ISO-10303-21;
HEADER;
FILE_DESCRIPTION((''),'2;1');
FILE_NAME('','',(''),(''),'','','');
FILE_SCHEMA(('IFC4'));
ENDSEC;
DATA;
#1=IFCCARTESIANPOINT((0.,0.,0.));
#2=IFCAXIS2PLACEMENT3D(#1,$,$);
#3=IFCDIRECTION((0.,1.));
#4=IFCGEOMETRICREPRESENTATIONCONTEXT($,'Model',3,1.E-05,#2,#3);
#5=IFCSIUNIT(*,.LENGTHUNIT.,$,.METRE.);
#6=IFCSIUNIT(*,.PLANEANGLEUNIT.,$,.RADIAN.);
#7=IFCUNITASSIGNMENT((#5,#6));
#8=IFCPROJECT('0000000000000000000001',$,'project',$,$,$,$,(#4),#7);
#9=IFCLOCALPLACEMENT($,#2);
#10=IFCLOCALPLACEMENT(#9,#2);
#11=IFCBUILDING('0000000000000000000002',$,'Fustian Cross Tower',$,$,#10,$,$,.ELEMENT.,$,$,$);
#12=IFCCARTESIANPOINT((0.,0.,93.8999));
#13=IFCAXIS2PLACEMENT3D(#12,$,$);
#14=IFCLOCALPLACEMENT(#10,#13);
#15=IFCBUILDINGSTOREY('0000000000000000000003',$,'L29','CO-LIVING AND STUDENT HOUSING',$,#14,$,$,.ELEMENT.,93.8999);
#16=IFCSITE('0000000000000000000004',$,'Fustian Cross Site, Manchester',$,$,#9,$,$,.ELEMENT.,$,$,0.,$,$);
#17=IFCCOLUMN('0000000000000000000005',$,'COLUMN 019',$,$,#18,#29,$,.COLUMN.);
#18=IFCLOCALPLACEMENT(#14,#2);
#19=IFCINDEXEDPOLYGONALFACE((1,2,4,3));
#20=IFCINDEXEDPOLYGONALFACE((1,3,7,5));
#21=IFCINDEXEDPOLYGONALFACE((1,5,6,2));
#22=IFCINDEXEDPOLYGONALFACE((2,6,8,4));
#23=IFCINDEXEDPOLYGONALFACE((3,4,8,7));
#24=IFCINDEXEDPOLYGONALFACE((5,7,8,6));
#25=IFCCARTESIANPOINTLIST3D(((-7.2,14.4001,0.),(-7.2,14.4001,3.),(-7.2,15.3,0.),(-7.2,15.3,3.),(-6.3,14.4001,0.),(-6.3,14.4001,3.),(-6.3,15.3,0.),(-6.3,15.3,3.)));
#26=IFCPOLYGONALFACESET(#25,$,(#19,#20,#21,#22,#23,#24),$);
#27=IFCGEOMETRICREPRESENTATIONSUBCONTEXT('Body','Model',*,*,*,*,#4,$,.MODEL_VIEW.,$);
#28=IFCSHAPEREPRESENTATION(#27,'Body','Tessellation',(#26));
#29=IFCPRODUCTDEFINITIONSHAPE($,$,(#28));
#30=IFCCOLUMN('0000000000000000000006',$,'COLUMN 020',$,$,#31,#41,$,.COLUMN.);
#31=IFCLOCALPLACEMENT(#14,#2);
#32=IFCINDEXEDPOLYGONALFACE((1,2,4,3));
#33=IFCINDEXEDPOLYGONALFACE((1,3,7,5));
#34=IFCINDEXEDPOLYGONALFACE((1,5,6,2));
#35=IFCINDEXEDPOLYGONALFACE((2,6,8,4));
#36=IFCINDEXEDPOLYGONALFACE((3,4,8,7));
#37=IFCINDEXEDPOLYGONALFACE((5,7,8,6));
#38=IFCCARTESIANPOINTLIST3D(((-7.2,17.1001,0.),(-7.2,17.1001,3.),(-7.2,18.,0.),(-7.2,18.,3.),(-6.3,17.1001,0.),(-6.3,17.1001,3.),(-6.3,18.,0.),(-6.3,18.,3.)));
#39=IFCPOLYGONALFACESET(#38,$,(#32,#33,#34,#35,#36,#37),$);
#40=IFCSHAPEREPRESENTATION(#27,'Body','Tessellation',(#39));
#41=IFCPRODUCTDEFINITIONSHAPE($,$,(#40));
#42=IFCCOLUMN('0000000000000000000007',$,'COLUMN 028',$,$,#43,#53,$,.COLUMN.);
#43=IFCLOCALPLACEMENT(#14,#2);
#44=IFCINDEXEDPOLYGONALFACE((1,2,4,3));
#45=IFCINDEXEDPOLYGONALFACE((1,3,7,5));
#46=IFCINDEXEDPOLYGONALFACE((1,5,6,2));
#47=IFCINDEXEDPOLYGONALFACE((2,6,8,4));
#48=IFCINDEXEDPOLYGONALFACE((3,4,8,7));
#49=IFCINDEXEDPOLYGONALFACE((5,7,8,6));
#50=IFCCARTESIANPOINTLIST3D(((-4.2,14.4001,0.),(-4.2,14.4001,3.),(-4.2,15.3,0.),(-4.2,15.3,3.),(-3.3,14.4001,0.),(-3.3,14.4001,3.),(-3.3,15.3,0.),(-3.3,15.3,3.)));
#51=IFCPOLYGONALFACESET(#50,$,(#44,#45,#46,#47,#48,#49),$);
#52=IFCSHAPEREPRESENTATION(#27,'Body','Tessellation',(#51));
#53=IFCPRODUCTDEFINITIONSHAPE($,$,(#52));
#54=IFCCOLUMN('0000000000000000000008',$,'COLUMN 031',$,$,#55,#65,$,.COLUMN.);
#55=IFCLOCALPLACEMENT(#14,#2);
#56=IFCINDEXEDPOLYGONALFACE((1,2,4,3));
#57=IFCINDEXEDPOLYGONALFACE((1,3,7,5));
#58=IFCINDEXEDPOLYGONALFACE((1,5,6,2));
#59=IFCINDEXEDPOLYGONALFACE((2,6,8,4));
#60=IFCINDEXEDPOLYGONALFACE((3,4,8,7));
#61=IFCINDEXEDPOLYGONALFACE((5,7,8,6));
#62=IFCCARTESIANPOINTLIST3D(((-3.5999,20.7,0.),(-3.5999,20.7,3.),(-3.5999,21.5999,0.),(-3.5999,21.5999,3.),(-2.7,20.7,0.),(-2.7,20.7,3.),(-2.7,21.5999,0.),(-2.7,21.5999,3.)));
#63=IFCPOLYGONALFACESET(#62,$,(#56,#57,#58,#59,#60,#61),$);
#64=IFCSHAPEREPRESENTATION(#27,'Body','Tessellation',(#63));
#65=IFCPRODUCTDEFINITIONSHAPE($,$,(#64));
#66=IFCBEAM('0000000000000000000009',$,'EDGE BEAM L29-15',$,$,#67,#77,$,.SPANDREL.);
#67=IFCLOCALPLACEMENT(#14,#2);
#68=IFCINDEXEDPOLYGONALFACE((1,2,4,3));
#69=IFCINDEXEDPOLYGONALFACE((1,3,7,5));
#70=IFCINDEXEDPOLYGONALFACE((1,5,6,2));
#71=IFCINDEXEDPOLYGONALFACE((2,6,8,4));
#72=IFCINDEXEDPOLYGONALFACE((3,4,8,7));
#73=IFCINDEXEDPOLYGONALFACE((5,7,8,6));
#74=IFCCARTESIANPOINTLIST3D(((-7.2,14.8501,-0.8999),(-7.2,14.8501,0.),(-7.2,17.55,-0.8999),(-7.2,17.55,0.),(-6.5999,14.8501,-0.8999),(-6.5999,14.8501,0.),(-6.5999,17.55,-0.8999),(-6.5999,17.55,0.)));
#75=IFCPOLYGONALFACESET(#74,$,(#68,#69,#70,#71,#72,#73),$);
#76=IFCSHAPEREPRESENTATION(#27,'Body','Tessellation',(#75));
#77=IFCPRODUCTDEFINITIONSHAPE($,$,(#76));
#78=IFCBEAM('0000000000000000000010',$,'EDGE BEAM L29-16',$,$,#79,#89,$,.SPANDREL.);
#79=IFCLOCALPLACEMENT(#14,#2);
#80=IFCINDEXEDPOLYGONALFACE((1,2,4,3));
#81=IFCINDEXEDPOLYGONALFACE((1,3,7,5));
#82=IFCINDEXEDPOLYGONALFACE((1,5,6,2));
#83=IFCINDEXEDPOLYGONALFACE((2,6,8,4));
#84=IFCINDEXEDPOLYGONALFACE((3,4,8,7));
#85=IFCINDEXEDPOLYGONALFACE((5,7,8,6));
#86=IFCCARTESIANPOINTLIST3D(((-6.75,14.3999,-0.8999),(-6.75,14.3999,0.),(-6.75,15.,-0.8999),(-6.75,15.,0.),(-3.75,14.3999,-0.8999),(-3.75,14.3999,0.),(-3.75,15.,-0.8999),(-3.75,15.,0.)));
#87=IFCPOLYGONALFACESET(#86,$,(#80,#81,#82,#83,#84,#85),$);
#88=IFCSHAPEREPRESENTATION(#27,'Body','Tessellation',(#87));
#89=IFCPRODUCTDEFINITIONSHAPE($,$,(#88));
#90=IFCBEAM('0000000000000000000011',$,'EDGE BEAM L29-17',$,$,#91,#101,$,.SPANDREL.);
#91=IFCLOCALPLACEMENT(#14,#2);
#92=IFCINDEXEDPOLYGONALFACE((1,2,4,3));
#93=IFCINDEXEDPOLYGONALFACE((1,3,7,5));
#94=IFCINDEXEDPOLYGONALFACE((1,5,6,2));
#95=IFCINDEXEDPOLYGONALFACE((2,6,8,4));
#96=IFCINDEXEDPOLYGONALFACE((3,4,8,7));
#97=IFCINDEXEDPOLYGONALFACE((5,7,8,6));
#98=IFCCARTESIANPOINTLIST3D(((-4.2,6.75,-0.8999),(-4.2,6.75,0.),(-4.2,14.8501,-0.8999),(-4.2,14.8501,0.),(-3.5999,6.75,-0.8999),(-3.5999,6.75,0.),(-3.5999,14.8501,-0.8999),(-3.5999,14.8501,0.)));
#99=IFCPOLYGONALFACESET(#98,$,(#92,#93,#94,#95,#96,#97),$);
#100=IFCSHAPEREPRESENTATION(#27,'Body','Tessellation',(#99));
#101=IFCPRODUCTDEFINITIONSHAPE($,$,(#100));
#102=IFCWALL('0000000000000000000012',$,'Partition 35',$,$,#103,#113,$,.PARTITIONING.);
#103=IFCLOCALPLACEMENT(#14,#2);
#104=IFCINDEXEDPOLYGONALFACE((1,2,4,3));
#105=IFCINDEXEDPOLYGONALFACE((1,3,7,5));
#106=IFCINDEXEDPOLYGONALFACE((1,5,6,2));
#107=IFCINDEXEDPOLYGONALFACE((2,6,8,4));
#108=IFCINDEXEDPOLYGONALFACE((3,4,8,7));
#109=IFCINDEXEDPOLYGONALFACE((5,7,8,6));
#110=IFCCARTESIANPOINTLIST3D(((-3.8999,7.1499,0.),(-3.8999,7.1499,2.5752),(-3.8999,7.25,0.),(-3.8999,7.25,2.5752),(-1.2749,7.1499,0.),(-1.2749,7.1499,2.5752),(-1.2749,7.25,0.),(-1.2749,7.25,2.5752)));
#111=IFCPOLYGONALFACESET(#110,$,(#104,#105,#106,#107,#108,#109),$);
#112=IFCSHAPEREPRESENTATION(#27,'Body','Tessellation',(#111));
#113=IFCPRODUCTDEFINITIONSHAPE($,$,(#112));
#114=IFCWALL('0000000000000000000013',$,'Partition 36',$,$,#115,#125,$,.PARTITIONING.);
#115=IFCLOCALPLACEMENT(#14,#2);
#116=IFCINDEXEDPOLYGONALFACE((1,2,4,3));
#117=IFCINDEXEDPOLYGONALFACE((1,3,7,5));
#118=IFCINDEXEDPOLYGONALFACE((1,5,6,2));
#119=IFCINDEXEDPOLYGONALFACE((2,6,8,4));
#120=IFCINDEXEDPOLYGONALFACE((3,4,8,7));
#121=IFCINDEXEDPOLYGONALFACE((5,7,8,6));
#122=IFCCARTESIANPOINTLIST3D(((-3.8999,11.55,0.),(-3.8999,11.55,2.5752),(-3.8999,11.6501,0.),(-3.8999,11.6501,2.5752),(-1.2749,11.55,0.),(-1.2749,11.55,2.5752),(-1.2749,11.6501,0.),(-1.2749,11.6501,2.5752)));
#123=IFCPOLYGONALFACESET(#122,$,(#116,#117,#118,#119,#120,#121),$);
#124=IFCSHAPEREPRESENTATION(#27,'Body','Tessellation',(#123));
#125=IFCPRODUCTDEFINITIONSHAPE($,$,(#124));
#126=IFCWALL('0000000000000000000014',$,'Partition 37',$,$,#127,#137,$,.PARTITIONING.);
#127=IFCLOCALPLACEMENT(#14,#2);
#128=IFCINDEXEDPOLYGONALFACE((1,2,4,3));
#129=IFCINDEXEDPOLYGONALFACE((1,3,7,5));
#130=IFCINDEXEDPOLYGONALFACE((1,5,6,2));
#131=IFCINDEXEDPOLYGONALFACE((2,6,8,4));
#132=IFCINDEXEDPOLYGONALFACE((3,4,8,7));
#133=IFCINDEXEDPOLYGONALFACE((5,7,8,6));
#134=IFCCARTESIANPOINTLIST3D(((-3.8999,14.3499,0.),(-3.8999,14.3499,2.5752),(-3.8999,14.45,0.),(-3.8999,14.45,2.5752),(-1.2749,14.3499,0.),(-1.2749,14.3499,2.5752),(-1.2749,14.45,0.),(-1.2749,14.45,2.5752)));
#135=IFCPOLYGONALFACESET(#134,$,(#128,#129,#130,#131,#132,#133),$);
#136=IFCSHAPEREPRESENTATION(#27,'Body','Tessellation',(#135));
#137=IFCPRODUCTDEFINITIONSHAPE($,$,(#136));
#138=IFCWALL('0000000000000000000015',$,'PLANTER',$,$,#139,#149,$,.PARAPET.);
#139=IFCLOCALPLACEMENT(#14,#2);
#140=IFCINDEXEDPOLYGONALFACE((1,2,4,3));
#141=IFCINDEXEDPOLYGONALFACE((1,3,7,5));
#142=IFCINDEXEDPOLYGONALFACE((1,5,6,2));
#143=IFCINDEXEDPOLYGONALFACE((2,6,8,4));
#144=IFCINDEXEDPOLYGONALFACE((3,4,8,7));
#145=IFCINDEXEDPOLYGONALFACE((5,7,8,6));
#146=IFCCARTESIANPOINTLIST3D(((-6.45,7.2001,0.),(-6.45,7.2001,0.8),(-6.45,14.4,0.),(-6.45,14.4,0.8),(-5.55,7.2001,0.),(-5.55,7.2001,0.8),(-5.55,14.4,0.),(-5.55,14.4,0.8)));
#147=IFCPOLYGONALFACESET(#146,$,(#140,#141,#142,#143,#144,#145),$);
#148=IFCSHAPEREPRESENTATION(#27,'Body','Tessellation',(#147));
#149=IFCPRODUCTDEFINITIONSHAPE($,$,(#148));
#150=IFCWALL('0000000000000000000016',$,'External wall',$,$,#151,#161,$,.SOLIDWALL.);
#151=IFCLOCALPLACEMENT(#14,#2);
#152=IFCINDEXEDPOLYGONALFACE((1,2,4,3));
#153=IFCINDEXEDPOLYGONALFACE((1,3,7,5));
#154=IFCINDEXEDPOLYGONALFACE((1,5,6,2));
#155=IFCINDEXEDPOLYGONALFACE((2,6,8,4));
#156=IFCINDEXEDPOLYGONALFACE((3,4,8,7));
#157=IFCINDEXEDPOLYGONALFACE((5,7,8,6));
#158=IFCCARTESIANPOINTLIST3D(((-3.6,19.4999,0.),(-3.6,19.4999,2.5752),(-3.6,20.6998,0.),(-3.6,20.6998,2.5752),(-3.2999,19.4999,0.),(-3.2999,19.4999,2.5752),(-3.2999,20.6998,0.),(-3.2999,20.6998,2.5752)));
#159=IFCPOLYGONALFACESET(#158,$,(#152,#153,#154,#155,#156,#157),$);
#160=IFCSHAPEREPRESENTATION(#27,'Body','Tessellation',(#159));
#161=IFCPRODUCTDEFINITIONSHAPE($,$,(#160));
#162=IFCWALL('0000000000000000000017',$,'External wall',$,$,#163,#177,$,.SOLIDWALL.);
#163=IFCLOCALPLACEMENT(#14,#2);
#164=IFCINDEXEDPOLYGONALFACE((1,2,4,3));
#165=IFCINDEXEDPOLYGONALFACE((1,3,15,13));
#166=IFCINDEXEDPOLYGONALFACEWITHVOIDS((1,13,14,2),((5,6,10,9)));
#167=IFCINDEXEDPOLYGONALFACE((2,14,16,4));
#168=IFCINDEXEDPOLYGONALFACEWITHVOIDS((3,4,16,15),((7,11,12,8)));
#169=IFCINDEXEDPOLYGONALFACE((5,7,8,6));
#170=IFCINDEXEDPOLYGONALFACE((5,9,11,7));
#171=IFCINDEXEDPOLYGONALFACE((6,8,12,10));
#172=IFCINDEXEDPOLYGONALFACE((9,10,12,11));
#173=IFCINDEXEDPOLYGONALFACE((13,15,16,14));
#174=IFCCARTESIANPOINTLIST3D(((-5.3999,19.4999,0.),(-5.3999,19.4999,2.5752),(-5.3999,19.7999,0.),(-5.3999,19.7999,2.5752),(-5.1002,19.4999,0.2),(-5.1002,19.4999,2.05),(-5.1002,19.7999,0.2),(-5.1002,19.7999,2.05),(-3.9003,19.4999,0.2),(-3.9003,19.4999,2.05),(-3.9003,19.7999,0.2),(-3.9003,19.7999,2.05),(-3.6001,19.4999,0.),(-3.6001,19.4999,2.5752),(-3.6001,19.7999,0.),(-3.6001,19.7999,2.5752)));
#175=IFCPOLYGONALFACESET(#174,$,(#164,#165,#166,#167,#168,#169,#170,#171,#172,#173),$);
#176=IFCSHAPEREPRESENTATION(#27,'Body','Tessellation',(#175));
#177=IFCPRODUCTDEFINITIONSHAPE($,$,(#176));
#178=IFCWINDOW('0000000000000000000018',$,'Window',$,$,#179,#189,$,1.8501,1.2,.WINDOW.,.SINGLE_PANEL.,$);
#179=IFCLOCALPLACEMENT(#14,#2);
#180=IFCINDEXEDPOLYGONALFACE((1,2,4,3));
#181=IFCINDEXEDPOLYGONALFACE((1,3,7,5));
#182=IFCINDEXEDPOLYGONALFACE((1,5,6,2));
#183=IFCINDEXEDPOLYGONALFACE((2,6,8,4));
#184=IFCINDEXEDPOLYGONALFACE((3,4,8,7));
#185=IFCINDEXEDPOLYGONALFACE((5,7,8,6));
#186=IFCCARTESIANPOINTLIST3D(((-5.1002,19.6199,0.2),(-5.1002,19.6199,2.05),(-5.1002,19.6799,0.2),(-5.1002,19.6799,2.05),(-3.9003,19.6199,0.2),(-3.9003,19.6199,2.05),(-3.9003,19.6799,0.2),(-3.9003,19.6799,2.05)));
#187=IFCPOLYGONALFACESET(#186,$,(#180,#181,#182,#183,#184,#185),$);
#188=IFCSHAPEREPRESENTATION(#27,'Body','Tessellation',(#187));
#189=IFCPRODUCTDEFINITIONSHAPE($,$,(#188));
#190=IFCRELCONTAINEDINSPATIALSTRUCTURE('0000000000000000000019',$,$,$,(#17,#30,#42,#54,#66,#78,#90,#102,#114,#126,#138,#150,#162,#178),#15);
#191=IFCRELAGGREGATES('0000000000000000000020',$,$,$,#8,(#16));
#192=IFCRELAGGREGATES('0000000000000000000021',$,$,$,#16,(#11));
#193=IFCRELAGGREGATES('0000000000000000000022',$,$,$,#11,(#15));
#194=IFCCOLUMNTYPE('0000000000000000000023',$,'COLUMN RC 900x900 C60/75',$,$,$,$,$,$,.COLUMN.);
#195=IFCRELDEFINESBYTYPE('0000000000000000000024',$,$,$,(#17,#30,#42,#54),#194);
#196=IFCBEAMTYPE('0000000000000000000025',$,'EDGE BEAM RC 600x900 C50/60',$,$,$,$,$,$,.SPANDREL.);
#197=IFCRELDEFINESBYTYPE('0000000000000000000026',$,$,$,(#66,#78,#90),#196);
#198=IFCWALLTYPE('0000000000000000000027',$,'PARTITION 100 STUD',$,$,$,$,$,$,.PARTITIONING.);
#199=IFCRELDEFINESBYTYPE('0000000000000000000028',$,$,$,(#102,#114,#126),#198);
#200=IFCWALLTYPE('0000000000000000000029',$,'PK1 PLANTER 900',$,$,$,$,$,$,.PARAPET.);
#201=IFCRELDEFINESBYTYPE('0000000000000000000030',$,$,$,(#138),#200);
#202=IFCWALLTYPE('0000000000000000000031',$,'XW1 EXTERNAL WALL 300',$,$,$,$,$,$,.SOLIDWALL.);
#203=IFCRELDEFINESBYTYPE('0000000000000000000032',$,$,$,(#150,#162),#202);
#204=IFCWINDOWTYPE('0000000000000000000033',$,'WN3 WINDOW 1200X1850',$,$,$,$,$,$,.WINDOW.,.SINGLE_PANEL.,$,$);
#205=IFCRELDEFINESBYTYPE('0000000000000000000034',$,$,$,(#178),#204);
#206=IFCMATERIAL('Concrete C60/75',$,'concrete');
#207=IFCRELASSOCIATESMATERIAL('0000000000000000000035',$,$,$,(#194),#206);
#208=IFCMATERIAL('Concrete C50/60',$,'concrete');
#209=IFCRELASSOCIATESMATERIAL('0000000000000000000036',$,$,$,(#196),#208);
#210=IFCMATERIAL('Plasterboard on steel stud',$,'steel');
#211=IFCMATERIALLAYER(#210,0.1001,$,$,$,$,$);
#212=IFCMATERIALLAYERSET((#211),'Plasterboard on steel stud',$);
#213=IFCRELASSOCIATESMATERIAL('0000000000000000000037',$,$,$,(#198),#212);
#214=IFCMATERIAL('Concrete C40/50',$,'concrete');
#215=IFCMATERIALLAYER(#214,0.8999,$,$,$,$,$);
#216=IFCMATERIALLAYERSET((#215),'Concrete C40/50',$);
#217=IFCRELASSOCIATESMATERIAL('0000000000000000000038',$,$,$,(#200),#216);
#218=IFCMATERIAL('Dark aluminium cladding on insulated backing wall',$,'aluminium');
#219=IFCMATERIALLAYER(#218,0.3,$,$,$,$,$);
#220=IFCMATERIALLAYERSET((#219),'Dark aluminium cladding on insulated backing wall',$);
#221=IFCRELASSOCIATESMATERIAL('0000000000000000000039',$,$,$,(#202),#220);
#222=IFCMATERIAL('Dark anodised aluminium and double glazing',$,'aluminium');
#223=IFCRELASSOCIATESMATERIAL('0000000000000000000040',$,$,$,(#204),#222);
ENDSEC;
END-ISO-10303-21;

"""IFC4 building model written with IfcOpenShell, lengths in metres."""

from ifc_helpers import new_model, si_unit, direction, frame, frame_2d, origin, origin_2d, place, context, subcontext, project, spatial, rectangle, extrude, material, layer, layer_set, material_profile, profile_set, type_object, element, fill, save


model = new_model("IFC4")

# Units and contexts
model_context = context("Model", 3, precision=1e-05, world=origin(), true_north=direction((0.0, 1.0)))
body_context = subcontext(model_context, "Body", "Model", "MODEL_VIEW")
ifc_project = project(units=[si_unit("LENGTHUNIT", "METRE"), si_unit("PLANEANGLEUNIT", "RADIAN")], contexts=[model_context])

# Site, building, storey
site_placement = place(None, origin())
site = spatial("IfcSite", under=ifc_project, at=site_placement, Name="Fustian Cross Site, Manchester", CompositionType="ELEMENT", RefElevation=0.0)
building_placement = place(site_placement, origin())
building = spatial("IfcBuilding", under=site, at=building_placement, Name="Fustian Cross Tower", CompositionType="ELEMENT")
storey_placement = place(building_placement, frame((0.0, 0.0, 93.8999)))
storey = spatial("IfcBuildingStorey", under=building, at=storey_placement, Name="L29", Description="CO-LIVING AND STUDENT HOUSING", CompositionType="ELEMENT", Elevation=93.8999)

# Columns
ifc_material_1 = material(Name="Concrete C60/75", Category="concrete")
ifc_material_profile_1 = material_profile(ifc_material_1, rectangle(XDim=0.8999, YDim=0.8999, at=origin_2d()), Name="RC 900x900")
ifc_profile_set_1 = profile_set([ifc_material_profile_1], Name="Concrete C60/75")
column_type = type_object("IfcColumnType", Name="COLUMN RC 900x900 C60/75", PredefinedType="COLUMN", material=ifc_profile_set_1)
for number, where, z_axis, x_axis, name in (
    (1, (-6.75, 14.8501, 0.0), (0.0, 0.0, 1.0), (1.0, 0.0, 0.0), "COLUMN 019"),
    (2, (-6.75, 17.55, 0.0), (0.0, 0.0, 1.0), (1.0, 0.0, 0.0), "COLUMN 020"),
    (3, (-3.75, 14.8501, 0.0), (0.0, 0.0, 1.0), (1.0, 0.0, 0.0), "COLUMN 028"),
    (4, (-3.1499, 21.1499, 0.0), (0.0, 0.0, 1.0), (1.0, 0.0, 0.0), "COLUMN 031"),
):
    element("IfcColumn", number, at=place(storey_placement, frame(where, z_axis=z_axis, x_axis=x_axis)), inside=storey, type_object=column_type, Name=name, PredefinedType="COLUMN", context=body_context, shape_type="SweptSolid", body=[
        extrude(rectangle(XDim=0.8999, YDim=0.8999, at=origin_2d()), origin(), (0.0, 0.0, 1.0), 3.0),
    ])

# Beams
ifc_material_2 = material(Name="Concrete C50/60", Category="concrete")
ifc_material_profile_2 = material_profile(ifc_material_2, rectangle(XDim=0.6001, YDim=0.8999, at=origin_2d()), Name="RC 600x900")
ifc_profile_set_2 = profile_set([ifc_material_profile_2], Name="Concrete C50/60")
beam_type = type_object("IfcBeamType", Name="EDGE BEAM RC 600x900 C50/60", PredefinedType="SPANDREL", material=ifc_profile_set_2)
beam_1_placement = place(storey_placement, frame((-6.8999, 17.55, -0.45), z_axis=(0.0, -1.0, 0.0), x_axis=(1.0, 0.0, 0.0)))
element("IfcBeam", 5, at=beam_1_placement, inside=storey, type_object=beam_type, Name="EDGE BEAM L29-15", PredefinedType="SPANDREL", context=body_context, shape_type="SweptSolid", body=[
    extrude(rectangle(XDim=0.6001, YDim=0.8999, at=origin_2d()), origin(), (0.0, 0.0, 1.0), 2.7),
])
beam_2_placement = place(storey_placement, frame((-6.75, 14.7, -0.45), z_axis=(1.0, 0.0, 0.0), x_axis=(0.0, 1.0, 0.0)))
element("IfcBeam", 6, at=beam_2_placement, inside=storey, type_object=beam_type, Name="EDGE BEAM L29-16", PredefinedType="SPANDREL", context=body_context, shape_type="SweptSolid", body=[
    extrude(rectangle(XDim=0.6001, YDim=0.8999, at=origin_2d()), origin(), (0.0, 0.0, 1.0), 3.0),
])
beam_3_placement = place(storey_placement, frame((-3.8999, 14.8501, -0.45), z_axis=(0.0, -1.0, 0.0), x_axis=(1.0, 0.0, 0.0)))
element("IfcBeam", 7, at=beam_3_placement, inside=storey, type_object=beam_type, Name="EDGE BEAM L29-17", PredefinedType="SPANDREL", context=body_context, shape_type="SweptSolid", body=[
    extrude(rectangle(XDim=0.6001, YDim=0.8999, at=origin_2d()), origin(), (0.0, 0.0, 1.0), 8.1001),
])

# Walls
ifc_material_3 = material(Name="Plasterboard on steel stud", Category="steel")
ifc_layer_1 = layer(ifc_material_3, 0.1001)
ifc_layer_set_1 = layer_set([ifc_layer_1], Name="Plasterboard on steel stud")
wall_type_1 = type_object("IfcWallType", Name="PARTITION 100 STUD", PredefinedType="PARTITIONING", material=ifc_layer_set_1)
for number, where, z_axis, x_axis, name in (
    (8, (-3.8999, 7.2, 0.0), (0.0, 0.0, 1.0), (1.0, 0.0, 0.0), "Partition 35"),
    (9, (-3.8999, 11.6001, 0.0), (0.0, 0.0, 1.0), (1.0, 0.0, 0.0), "Partition 36"),
    (10, (-3.8999, 14.3999, 0.0), (0.0, 0.0, 1.0), (1.0, 0.0, 0.0), "Partition 37"),
):
    element("IfcWall", number, at=place(storey_placement, frame(where, z_axis=z_axis, x_axis=x_axis)), inside=storey, type_object=wall_type_1, Name=name, PredefinedType="PARTITIONING", context=body_context, shape_type="SweptSolid", body=[
        extrude(rectangle(XDim=2.625, YDim=0.1001, at=frame_2d((1.3125, 0.0))), origin(), (0.0, 0.0, 1.0), 2.5752),
    ])
ifc_material_4 = material(Name="Concrete C40/50", Category="concrete")
ifc_layer_2 = layer(ifc_material_4, 0.8999)
ifc_layer_set_2 = layer_set([ifc_layer_2], Name="Concrete C40/50")
wall_type_2 = type_object("IfcWallType", Name="PK1 PLANTER 900", PredefinedType="PARAPET", material=ifc_layer_set_2)
wall_1_placement = place(storey_placement, frame((-6.0, 7.2, 0.0), z_axis=(0.0, 0.0, 1.0), x_axis=(0.0, 1.0, 0.0)))
element("IfcWall", 11, at=wall_1_placement, inside=storey, type_object=wall_type_2, Name="PLANTER", PredefinedType="PARAPET", context=body_context, shape_type="SweptSolid", body=[
    extrude(rectangle(XDim=7.2, YDim=0.8999, at=frame_2d((3.6001, 0.0))), origin(), (0.0, 0.0, 1.0), 0.8),
])
ifc_material_5 = material(Name="Dark aluminium cladding on insulated backing wall", Category="aluminium")
ifc_layer_3 = layer(ifc_material_5, 0.3)
ifc_layer_set_3 = layer_set([ifc_layer_3], Name="Dark aluminium cladding on insulated backing wall")
wall_type_3 = type_object("IfcWallType", Name="XW1 EXTERNAL WALL 300", PredefinedType="SOLIDWALL", material=ifc_layer_set_3)
wall_2_placement = place(storey_placement, frame((-3.45, 20.7, 0.0), z_axis=(0.0, 0.0, 1.0), x_axis=(0.0, -1.0, 0.0)))
element("IfcWall", 12, at=wall_2_placement, inside=storey, type_object=wall_type_3, Name="External wall", PredefinedType="SOLIDWALL", context=body_context, shape_type="SweptSolid", body=[
    extrude(rectangle(XDim=1.2, YDim=0.3, at=frame_2d((0.6001, 0.0))), origin(), (0.0, 0.0, 1.0), 2.5752),
])

# Wall, opening, window
wall_3_placement = place(storey_placement, frame((-3.6001, 19.6499, 0.0), z_axis=(0.0, 0.0, 1.0), x_axis=(-1.0, 0.0, 0.0)))
wall_3 = element("IfcWall", 13, at=wall_3_placement, inside=storey, type_object=wall_type_3, Name="External wall", PredefinedType="SOLIDWALL", context=body_context, shape_type="SweptSolid", body=[
    extrude(rectangle(XDim=1.7998, YDim=0.3, at=frame_2d((0.8999, 0.0))), origin(), (0.0, 0.0, 1.0), 2.5752),
])
opening_1_placement = place(wall_3_placement, frame((0.3, 0.0, 0.2)))
opening_1 = element("IfcOpeningElement", 14, at=opening_1_placement, cuts=wall_3, PredefinedType="OPENING", context=body_context, shape_type="SweptSolid", body=[
    extrude(rectangle(XDim=1.2, YDim=1.8501, at=frame_2d((0.6001, 0.925))), frame((0.0, 0.1599, 0.0), z_axis=(0.0, -1.0, 0.0), x_axis=(1.0, 0.0, 0.0)), (0.0, 0.0, 1.0), 0.3201),
])
ifc_material_6 = material(Name="Dark anodised aluminium and double glazing", Category="aluminium")
window_type_1 = type_object("IfcWindowType", Name="WN3 WINDOW 1200X1850", PartitioningType="SINGLE_PANEL", PredefinedType="WINDOW", material=ifc_material_6)
window_1_placement = place(opening_1_placement, origin())
window_1 = element("IfcWindow", 15, at=window_1_placement, inside=storey, type_object=window_type_1, Name="Window", OverallHeight=1.8501, OverallWidth=1.2, PartitioningType="SINGLE_PANEL", PredefinedType="WINDOW", context=body_context, shape_type="SweptSolid", body=[
    extrude(rectangle(XDim=1.2, YDim=1.8501, at=frame_2d((0.6001, 0.925))), frame((0.0, 0.03, 0.0), z_axis=(0.0, -1.0, 0.0), x_axis=(1.0, 0.0, 0.0)), (0.0, 0.0, 1.0), 0.0601),
])
fill(opening_1, window_1)

save(model, "model.ifc")
